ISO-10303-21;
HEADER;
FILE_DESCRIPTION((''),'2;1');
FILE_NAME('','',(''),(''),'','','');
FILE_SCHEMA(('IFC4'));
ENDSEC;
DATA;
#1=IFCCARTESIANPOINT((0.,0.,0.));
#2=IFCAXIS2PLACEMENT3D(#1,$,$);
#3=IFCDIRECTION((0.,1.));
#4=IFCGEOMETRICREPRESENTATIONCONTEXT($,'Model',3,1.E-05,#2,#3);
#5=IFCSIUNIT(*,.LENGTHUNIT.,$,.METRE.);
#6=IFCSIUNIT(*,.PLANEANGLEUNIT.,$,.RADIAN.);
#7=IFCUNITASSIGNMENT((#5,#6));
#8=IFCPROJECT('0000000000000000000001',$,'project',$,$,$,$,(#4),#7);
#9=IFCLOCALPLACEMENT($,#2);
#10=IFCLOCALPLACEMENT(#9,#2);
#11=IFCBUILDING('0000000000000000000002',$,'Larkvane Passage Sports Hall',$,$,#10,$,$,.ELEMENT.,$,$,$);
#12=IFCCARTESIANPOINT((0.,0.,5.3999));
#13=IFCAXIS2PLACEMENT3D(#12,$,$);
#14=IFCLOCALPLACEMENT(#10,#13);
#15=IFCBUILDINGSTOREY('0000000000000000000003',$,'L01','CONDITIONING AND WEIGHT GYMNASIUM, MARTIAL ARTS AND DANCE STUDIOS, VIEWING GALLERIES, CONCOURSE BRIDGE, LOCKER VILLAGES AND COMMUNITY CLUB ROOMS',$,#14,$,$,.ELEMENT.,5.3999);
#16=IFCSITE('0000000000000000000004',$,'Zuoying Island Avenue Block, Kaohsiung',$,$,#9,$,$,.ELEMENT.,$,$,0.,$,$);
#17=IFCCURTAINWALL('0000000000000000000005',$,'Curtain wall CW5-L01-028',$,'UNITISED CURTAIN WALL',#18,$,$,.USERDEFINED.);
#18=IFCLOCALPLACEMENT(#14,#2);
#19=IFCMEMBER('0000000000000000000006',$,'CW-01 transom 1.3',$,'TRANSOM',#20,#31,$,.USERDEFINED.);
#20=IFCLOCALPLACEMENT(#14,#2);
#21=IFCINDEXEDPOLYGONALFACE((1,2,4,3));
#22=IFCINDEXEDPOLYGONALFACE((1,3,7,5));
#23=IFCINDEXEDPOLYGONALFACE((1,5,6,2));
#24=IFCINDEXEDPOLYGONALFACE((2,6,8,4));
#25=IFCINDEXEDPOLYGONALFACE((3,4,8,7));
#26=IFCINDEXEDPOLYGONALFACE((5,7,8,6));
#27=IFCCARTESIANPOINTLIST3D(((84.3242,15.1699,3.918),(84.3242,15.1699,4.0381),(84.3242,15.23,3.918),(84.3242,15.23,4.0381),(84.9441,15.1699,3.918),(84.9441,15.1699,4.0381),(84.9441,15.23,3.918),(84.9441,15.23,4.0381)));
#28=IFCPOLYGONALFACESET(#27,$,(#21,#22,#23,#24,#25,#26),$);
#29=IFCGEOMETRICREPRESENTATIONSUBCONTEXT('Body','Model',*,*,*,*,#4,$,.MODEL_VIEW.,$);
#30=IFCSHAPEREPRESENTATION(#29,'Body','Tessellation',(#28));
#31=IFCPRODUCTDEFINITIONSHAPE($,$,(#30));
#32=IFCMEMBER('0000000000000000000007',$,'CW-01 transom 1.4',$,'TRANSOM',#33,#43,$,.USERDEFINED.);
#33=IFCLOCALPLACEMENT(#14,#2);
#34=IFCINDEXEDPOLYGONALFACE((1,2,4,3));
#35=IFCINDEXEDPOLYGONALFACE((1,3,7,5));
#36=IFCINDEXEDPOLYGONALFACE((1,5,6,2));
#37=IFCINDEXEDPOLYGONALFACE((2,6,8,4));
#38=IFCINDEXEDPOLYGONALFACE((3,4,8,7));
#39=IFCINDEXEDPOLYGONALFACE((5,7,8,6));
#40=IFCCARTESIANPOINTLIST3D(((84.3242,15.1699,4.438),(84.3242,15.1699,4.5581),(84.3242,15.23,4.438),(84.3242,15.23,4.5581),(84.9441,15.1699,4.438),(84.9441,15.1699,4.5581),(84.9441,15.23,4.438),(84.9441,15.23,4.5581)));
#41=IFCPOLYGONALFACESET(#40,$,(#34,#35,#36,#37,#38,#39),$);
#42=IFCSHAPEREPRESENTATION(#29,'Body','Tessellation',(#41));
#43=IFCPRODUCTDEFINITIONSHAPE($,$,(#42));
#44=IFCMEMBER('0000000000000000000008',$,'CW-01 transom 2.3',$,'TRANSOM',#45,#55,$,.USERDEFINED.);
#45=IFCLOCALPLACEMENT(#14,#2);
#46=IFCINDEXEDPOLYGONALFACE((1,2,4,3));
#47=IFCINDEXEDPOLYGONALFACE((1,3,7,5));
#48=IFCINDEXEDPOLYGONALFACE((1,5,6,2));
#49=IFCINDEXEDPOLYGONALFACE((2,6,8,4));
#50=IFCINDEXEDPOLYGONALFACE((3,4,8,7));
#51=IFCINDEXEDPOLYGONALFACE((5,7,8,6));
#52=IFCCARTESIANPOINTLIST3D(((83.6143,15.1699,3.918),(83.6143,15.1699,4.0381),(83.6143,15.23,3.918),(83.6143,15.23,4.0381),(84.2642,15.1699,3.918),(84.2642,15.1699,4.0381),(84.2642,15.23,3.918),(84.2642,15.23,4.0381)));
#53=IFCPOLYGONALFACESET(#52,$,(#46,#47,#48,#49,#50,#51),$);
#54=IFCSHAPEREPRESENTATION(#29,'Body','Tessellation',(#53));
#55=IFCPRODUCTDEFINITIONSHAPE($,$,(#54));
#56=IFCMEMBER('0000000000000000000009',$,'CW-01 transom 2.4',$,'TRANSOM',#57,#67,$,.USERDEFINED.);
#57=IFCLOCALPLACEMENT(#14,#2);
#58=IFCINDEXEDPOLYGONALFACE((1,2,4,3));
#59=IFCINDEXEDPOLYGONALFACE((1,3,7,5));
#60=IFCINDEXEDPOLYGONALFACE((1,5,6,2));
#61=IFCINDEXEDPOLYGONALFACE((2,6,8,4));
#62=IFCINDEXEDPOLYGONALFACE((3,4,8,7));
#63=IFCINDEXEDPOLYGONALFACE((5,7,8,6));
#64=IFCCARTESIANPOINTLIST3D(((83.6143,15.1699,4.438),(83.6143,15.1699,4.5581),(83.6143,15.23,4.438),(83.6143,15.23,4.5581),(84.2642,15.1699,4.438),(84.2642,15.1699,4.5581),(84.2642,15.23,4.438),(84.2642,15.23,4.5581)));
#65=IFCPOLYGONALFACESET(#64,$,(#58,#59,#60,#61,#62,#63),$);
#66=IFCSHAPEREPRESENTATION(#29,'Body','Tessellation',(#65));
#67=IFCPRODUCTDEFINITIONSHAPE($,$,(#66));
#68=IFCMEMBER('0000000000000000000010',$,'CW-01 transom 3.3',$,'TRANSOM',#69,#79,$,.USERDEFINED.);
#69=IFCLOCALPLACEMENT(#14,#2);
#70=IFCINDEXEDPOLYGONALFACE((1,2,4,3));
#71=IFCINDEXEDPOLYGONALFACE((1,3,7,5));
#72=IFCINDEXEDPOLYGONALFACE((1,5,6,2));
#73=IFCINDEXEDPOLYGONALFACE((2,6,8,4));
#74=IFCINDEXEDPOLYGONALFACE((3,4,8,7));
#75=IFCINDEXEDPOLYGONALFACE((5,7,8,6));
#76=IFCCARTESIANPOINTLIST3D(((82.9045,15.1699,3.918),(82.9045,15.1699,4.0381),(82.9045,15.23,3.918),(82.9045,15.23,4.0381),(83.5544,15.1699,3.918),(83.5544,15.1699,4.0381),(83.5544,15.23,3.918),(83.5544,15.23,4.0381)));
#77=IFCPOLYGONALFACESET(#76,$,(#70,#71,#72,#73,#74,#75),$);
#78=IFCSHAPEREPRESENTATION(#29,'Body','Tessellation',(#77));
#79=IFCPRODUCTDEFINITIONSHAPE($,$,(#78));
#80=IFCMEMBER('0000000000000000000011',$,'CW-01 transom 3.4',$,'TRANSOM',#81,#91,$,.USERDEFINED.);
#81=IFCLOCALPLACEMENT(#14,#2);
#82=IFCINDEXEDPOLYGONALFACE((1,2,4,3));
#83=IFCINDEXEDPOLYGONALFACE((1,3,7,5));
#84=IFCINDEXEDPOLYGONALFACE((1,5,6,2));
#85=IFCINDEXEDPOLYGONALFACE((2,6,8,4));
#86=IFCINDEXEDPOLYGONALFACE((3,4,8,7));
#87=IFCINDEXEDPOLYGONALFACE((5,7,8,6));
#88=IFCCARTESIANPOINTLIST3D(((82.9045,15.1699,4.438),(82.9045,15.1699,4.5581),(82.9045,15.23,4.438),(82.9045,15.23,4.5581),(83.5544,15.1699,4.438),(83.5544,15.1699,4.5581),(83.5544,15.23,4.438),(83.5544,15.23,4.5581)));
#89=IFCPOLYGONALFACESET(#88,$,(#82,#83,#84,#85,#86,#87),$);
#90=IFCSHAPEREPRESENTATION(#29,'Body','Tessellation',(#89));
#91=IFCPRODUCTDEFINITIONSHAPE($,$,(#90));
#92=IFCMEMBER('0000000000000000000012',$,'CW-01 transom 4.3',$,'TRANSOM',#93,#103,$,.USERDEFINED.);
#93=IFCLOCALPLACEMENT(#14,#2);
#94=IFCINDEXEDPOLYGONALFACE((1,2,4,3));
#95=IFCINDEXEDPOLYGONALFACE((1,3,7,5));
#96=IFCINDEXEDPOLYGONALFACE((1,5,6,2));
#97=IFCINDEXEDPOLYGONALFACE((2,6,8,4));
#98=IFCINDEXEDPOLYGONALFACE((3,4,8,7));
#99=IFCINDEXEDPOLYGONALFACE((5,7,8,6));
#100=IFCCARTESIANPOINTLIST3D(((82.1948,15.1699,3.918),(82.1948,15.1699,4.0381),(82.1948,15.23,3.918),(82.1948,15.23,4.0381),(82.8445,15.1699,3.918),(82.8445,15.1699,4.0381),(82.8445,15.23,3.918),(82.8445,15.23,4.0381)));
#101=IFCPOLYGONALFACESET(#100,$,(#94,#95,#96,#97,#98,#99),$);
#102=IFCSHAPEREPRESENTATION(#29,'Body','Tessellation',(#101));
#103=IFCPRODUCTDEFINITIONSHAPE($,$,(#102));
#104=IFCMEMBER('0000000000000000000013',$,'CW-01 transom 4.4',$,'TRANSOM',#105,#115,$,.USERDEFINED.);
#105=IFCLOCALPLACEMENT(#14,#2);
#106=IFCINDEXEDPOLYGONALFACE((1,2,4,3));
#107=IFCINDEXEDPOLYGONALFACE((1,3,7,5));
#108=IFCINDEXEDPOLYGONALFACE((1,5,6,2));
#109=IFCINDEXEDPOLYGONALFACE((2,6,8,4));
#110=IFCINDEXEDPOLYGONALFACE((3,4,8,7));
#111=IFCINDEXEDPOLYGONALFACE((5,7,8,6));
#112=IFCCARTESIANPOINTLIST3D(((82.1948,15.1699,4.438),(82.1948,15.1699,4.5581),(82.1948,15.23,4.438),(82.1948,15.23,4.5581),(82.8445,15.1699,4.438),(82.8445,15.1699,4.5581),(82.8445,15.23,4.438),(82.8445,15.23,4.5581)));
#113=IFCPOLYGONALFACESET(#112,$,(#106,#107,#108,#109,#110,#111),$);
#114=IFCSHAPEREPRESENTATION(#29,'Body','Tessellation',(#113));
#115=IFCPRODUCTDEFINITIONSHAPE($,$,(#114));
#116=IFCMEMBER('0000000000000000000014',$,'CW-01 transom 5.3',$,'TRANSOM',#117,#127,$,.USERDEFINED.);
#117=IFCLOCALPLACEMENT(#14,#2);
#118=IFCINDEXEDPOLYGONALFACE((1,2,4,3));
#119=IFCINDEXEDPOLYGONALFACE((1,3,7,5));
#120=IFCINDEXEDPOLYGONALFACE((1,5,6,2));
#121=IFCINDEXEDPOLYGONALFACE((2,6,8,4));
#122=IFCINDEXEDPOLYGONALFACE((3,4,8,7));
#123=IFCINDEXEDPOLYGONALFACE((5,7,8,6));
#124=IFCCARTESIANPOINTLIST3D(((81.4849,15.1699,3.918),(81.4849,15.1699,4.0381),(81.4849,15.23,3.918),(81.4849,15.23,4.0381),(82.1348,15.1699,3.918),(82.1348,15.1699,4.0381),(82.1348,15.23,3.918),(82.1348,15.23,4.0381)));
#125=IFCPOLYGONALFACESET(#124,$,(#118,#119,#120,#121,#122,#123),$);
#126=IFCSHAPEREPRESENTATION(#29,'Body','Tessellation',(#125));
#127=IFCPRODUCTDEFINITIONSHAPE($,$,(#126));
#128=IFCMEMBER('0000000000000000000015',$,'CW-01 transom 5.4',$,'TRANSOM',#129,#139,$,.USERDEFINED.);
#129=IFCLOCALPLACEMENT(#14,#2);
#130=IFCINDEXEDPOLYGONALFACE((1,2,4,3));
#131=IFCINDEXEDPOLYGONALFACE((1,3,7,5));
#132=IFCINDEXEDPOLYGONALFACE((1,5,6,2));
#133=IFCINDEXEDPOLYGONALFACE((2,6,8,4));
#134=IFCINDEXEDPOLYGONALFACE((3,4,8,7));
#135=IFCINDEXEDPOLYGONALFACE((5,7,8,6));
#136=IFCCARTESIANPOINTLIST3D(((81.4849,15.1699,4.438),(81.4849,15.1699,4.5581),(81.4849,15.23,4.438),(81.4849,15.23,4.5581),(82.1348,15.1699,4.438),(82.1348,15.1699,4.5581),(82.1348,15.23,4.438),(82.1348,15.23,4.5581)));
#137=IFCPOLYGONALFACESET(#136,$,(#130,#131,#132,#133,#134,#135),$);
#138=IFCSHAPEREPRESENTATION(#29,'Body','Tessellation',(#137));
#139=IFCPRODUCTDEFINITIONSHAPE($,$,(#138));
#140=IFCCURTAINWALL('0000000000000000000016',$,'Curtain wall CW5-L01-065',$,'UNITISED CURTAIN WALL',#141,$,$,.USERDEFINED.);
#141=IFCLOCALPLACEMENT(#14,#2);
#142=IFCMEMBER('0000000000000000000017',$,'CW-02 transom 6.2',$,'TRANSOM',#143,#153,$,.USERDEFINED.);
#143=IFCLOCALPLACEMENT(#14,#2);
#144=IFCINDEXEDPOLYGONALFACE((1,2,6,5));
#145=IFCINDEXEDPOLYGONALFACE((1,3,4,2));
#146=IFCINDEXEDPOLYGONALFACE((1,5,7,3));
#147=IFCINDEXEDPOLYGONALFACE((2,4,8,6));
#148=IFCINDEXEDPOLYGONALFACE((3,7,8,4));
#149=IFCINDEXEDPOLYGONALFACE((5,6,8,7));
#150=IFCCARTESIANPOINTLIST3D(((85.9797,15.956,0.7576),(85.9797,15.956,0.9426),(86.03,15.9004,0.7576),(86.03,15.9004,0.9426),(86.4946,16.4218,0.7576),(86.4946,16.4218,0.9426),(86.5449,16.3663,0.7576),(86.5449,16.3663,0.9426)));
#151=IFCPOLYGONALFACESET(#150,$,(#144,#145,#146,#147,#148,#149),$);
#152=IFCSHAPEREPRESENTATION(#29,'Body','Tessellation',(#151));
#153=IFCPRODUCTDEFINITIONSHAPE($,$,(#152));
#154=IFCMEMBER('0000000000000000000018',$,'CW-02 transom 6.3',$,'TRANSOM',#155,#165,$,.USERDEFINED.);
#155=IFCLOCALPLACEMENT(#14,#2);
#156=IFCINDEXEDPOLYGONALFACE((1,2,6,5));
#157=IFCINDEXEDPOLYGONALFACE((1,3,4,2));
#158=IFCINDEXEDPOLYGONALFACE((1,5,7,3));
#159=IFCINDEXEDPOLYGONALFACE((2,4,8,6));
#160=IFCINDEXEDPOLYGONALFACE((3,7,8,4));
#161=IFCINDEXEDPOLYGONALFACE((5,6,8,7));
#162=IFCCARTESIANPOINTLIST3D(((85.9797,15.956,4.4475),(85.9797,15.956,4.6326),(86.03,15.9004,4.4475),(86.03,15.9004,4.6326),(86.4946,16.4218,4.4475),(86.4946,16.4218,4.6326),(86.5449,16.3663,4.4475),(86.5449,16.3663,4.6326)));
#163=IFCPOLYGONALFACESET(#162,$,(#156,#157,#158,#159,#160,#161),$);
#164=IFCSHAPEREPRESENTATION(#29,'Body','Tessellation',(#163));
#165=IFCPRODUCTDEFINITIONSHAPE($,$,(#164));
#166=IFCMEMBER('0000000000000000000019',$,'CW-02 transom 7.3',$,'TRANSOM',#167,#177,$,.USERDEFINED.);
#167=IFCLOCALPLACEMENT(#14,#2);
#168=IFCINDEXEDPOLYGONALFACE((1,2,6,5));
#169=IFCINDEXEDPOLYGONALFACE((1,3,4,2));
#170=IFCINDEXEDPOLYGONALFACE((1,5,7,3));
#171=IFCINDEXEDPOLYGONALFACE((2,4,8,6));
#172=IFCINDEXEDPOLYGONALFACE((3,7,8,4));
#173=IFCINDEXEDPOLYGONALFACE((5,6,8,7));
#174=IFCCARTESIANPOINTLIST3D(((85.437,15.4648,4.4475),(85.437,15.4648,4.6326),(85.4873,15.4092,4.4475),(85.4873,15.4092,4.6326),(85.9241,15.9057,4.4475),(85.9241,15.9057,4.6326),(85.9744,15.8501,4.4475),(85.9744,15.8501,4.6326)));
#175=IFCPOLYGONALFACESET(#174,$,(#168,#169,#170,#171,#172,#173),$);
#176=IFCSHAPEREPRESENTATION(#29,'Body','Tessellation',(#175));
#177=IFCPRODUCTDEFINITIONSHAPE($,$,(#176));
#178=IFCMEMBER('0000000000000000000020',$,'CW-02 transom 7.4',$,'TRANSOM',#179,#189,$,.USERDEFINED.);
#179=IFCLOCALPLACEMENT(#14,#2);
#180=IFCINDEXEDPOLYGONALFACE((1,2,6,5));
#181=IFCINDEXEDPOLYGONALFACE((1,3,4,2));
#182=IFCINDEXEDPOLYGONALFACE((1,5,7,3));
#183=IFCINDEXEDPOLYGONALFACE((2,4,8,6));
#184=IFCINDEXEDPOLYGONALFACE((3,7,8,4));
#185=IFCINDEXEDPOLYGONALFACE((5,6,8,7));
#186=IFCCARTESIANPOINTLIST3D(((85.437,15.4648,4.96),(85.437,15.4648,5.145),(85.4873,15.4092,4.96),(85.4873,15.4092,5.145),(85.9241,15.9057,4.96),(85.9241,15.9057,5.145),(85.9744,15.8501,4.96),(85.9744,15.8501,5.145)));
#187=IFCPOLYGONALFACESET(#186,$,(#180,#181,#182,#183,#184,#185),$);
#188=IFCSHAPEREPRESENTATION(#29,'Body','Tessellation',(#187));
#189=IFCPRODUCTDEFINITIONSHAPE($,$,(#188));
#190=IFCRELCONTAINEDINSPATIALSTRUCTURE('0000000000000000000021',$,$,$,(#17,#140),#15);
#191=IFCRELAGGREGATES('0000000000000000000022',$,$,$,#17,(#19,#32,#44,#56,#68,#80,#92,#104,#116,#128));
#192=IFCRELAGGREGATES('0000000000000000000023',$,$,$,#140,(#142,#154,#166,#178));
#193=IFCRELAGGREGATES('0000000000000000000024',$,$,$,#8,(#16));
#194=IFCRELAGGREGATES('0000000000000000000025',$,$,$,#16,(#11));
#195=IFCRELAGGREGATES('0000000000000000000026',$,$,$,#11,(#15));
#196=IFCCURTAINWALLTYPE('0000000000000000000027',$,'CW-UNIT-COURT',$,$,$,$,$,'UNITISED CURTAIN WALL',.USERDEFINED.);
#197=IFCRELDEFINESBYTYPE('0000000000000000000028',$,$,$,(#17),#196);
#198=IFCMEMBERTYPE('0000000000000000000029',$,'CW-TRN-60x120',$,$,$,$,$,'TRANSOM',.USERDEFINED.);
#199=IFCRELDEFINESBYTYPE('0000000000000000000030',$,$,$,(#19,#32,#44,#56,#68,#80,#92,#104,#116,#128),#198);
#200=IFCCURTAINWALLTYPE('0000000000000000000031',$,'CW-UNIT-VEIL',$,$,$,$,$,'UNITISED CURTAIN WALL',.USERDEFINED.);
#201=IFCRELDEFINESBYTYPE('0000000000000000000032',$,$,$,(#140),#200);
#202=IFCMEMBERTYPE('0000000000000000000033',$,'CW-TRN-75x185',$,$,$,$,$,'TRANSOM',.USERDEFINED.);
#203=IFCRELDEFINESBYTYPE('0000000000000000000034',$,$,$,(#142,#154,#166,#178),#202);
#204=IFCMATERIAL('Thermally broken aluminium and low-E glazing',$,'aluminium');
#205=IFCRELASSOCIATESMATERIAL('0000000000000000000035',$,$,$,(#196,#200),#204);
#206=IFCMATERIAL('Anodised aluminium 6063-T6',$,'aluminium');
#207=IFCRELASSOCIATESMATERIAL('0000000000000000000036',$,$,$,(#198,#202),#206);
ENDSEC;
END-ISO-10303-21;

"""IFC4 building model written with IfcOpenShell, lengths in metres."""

from ifc_helpers import new_model, si_unit, direction, frame, origin, origin_2d, place, context, subcontext, project, spatial, rectangle, extrude, material, material_profile, profile_set, type_object, element, aggregate, save


model = new_model("IFC4")

# Units and contexts
model_context = context("Model", 3, precision=1e-05, world=origin(), true_north=direction((0.0, 1.0)))
body_context = subcontext(model_context, "Body", "Model", "MODEL_VIEW")
ifc_project = project(units=[si_unit("LENGTHUNIT", "METRE"), si_unit("PLANEANGLEUNIT", "RADIAN")], contexts=[model_context])

# Site, building, storey
site_placement = place(None, origin())
site = spatial("IfcSite", under=ifc_project, at=site_placement, Name="Zuoying Island Avenue Block, Kaohsiung", CompositionType="ELEMENT", RefElevation=0.0)
building_placement = place(site_placement, origin())
building = spatial("IfcBuilding", under=site, at=building_placement, Name="Larkvane Passage Sports Hall", CompositionType="ELEMENT")
storey_placement = place(building_placement, frame((0.0, 0.0, 5.3999)))
storey = spatial("IfcBuildingStorey", under=building, at=storey_placement, Name="L01", Description="CONDITIONING AND WEIGHT GYMNASIUM, MARTIAL ARTS AND DANCE STUDIOS, VIEWING GALLERIES, CONCOURSE BRIDGE, LOCKER VILLAGES AND COMMUNITY CLUB ROOMS", CompositionType="ELEMENT", Elevation=5.3999)

# Curtain walls, members
ifc_material_1 = material(Name="Thermally broken aluminium and low-E glazing", Category="aluminium")
curtain_wall_type_1 = type_object("IfcCurtainWallType", Name="CW-UNIT-COURT", ElementType="UNITISED CURTAIN WALL", PredefinedType="USERDEFINED", material=ifc_material_1)
curtain_wall_1_placement = place(storey_placement, origin())
curtain_wall_1 = element("IfcCurtainWall", 1, at=curtain_wall_1_placement, inside=storey, type_object=curtain_wall_type_1, Name="Curtain wall CW5-L01-028", ObjectType="UNITISED CURTAIN WALL", PredefinedType="USERDEFINED")
ifc_material_2 = material(Name="Anodised aluminium 6063-T6", Category="aluminium")
ifc_material_profile_1 = material_profile(ifc_material_2, rectangle(XDim=0.0601, YDim=0.1201, at=origin_2d()), Name="ALU-TRN-60x120")
ifc_profile_set_1 = profile_set([ifc_material_profile_1], Name="Anodised aluminium 6063-T6")
member_type_1 = type_object("IfcMemberType", Name="CW-TRN-60x120", ElementType="TRANSOM", PredefinedType="USERDEFINED", material=ifc_profile_set_1)
member_1_placement = place(storey_placement, frame((84.9441, 15.2, 3.978), z_axis=(-1.0, 0.0, 0.0), x_axis=(0.0, -1.0, 0.0)))
member_1 = element("IfcMember", 2, at=member_1_placement, type_object=member_type_1, Name="CW-01 transom 1.3", ObjectType="TRANSOM", PredefinedType="USERDEFINED", context=body_context, shape_type="SweptSolid", body=[
    extrude(rectangle(XDim=0.0601, YDim=0.1201, at=origin_2d()), origin(), (0.0, 0.0, 1.0), 0.6199),
])
member_2_placement = place(storey_placement, frame((84.9441, 15.2, 4.498), z_axis=(-1.0, 0.0, 0.0), x_axis=(0.0, -1.0, 0.0)))
member_2 = element("IfcMember", 3, at=member_2_placement, type_object=member_type_1, Name="CW-01 transom 1.4", ObjectType="TRANSOM", PredefinedType="USERDEFINED", context=body_context, shape_type="SweptSolid", body=[
    extrude(rectangle(XDim=0.0601, YDim=0.1201, at=origin_2d()), origin(), (0.0, 0.0, 1.0), 0.6199),
])
member_3_placement = place(storey_placement, frame((84.2642, 15.2, 3.978), z_axis=(-1.0, 0.0, 0.0), x_axis=(0.0, -1.0, 0.0)))
member_3 = element("IfcMember", 4, at=member_3_placement, type_object=member_type_1, Name="CW-01 transom 2.3", ObjectType="TRANSOM", PredefinedType="USERDEFINED", context=body_context, shape_type="SweptSolid", body=[
    extrude(rectangle(XDim=0.0601, YDim=0.1201, at=origin_2d()), origin(), (0.0, 0.0, 1.0), 0.6499),
])
member_4_placement = place(storey_placement, frame((84.2642, 15.2, 4.498), z_axis=(-1.0, 0.0, 0.0), x_axis=(0.0, -1.0, 0.0)))
member_4 = element("IfcMember", 5, at=member_4_placement, type_object=member_type_1, Name="CW-01 transom 2.4", ObjectType="TRANSOM", PredefinedType="USERDEFINED", context=body_context, shape_type="SweptSolid", body=[
    extrude(rectangle(XDim=0.0601, YDim=0.1201, at=origin_2d()), origin(), (0.0, 0.0, 1.0), 0.6499),
])
member_5_placement = place(storey_placement, frame((83.5544, 15.2, 3.978), z_axis=(-1.0, 0.0, 0.0), x_axis=(0.0, -1.0, 0.0)))
member_5 = element("IfcMember", 6, at=member_5_placement, type_object=member_type_1, Name="CW-01 transom 3.3", ObjectType="TRANSOM", PredefinedType="USERDEFINED", context=body_context, shape_type="SweptSolid", body=[
    extrude(rectangle(XDim=0.0601, YDim=0.1201, at=origin_2d()), origin(), (0.0, 0.0, 1.0), 0.6499),
])
member_6_placement = place(storey_placement, frame((83.5544, 15.2, 4.498), z_axis=(-1.0, 0.0, 0.0), x_axis=(0.0, -1.0, 0.0)))
member_6 = element("IfcMember", 7, at=member_6_placement, type_object=member_type_1, Name="CW-01 transom 3.4", ObjectType="TRANSOM", PredefinedType="USERDEFINED", context=body_context, shape_type="SweptSolid", body=[
    extrude(rectangle(XDim=0.0601, YDim=0.1201, at=origin_2d()), origin(), (0.0, 0.0, 1.0), 0.6499),
])
member_7_placement = place(storey_placement, frame((82.8445, 15.2, 3.978), z_axis=(-1.0, 0.0, 0.0), x_axis=(0.0, -1.0, 0.0)))
member_7 = element("IfcMember", 8, at=member_7_placement, type_object=member_type_1, Name="CW-01 transom 4.3", ObjectType="TRANSOM", PredefinedType="USERDEFINED", context=body_context, shape_type="SweptSolid", body=[
    extrude(rectangle(XDim=0.0601, YDim=0.1201, at=origin_2d()), origin(), (0.0, 0.0, 1.0), 0.6497),
])
member_8_placement = place(storey_placement, frame((82.8445, 15.2, 4.498), z_axis=(-1.0, 0.0, 0.0), x_axis=(0.0, -1.0, 0.0)))
member_8 = element("IfcMember", 9, at=member_8_placement, type_object=member_type_1, Name="CW-01 transom 4.4", ObjectType="TRANSOM", PredefinedType="USERDEFINED", context=body_context, shape_type="SweptSolid", body=[
    extrude(rectangle(XDim=0.0601, YDim=0.1201, at=origin_2d()), origin(), (0.0, 0.0, 1.0), 0.6497),
])
member_9_placement = place(storey_placement, frame((82.1348, 15.2, 3.978), z_axis=(-1.0, 0.0, 0.0), x_axis=(0.0, -1.0, 0.0)))
member_9 = element("IfcMember", 10, at=member_9_placement, type_object=member_type_1, Name="CW-01 transom 5.3", ObjectType="TRANSOM", PredefinedType="USERDEFINED", context=body_context, shape_type="SweptSolid", body=[
    extrude(rectangle(XDim=0.0601, YDim=0.1201, at=origin_2d()), origin(), (0.0, 0.0, 1.0), 0.6499),
])
member_10_placement = place(storey_placement, frame((82.1348, 15.2, 4.498), z_axis=(-1.0, 0.0, 0.0), x_axis=(0.0, -1.0, 0.0)))
member_10 = element("IfcMember", 11, at=member_10_placement, type_object=member_type_1, Name="CW-01 transom 5.4", ObjectType="TRANSOM", PredefinedType="USERDEFINED", context=body_context, shape_type="SweptSolid", body=[
    extrude(rectangle(XDim=0.0601, YDim=0.1201, at=origin_2d()), origin(), (0.0, 0.0, 1.0), 0.6499),
])
curtain_wall_type_2 = type_object("IfcCurtainWallType", Name="CW-UNIT-VEIL", ElementType="UNITISED CURTAIN WALL", PredefinedType="USERDEFINED", material=ifc_material_1)
curtain_wall_2_placement = place(storey_placement, origin())
curtain_wall_2 = element("IfcCurtainWall", 12, at=curtain_wall_2_placement, inside=storey, type_object=curtain_wall_type_2, Name="Curtain wall CW5-L01-065", ObjectType="UNITISED CURTAIN WALL", PredefinedType="USERDEFINED")
ifc_material_profile_2 = material_profile(ifc_material_2, rectangle(XDim=0.075, YDim=0.1851, at=origin_2d()), Name="ALU-TRN-75x185")
ifc_profile_set_2 = profile_set([ifc_material_profile_2], Name="Anodised aluminium 6063-T6")
member_type_2 = type_object("IfcMemberType", Name="CW-TRN-75x185", ElementType="TRANSOM", PredefinedType="USERDEFINED", material=ifc_profile_set_2)
member_11_placement = place(storey_placement, frame((86.5198, 16.394, 0.8501), z_axis=(-0.741561, -0.670886, 0.0), x_axis=(0.670886, -0.741561, 0.0)))
member_11 = element("IfcMember", 13, at=member_11_placement, type_object=member_type_2, Name="CW-02 transom 6.2", ObjectType="TRANSOM", PredefinedType="USERDEFINED", context=body_context, shape_type="SweptSolid", body=[
    extrude(rectangle(XDim=0.075, YDim=0.1851, at=origin_2d()), origin(), (0.0, 0.0, 1.0), 0.6943),
])
member_12_placement = place(storey_placement, frame((86.5198, 16.394, 4.54), z_axis=(-0.741561, -0.670886, 0.0), x_axis=(0.670886, -0.741561, 0.0)))
member_12 = element("IfcMember", 14, at=member_12_placement, type_object=member_type_2, Name="CW-02 transom 6.3", ObjectType="TRANSOM", PredefinedType="USERDEFINED", context=body_context, shape_type="SweptSolid", body=[
    extrude(rectangle(XDim=0.075, YDim=0.1851, at=origin_2d()), origin(), (0.0, 0.0, 1.0), 0.6943),
])
member_13_placement = place(storey_placement, frame((85.9492, 15.8779, 4.54), z_axis=(-0.741351, -0.671118, 0.0), x_axis=(0.671118, -0.741351, 0.0)))
member_13 = element("IfcMember", 15, at=member_13_placement, type_object=member_type_2, Name="CW-02 transom 7.3", ObjectType="TRANSOM", PredefinedType="USERDEFINED", context=body_context, shape_type="SweptSolid", body=[
    extrude(rectangle(XDim=0.075, YDim=0.1851, at=origin_2d()), origin(), (0.0, 0.0, 1.0), 0.657),
])
member_14_placement = place(storey_placement, frame((85.9492, 15.8779, 5.0525), z_axis=(-0.741351, -0.671118, 0.0), x_axis=(0.671118, -0.741351, 0.0)))
member_14 = element("IfcMember", 16, at=member_14_placement, type_object=member_type_2, Name="CW-02 transom 7.4", ObjectType="TRANSOM", PredefinedType="USERDEFINED", context=body_context, shape_type="SweptSolid", body=[
    extrude(rectangle(XDim=0.075, YDim=0.1851, at=origin_2d()), origin(), (0.0, 0.0, 1.0), 0.657),
])

aggregate(curtain_wall_1, [member_1, member_2, member_3, member_4, member_5, member_6, member_7, member_8, member_9, member_10])
aggregate(curtain_wall_2, [member_11, member_12, member_13, member_14])

save(model, "model.ifc")
